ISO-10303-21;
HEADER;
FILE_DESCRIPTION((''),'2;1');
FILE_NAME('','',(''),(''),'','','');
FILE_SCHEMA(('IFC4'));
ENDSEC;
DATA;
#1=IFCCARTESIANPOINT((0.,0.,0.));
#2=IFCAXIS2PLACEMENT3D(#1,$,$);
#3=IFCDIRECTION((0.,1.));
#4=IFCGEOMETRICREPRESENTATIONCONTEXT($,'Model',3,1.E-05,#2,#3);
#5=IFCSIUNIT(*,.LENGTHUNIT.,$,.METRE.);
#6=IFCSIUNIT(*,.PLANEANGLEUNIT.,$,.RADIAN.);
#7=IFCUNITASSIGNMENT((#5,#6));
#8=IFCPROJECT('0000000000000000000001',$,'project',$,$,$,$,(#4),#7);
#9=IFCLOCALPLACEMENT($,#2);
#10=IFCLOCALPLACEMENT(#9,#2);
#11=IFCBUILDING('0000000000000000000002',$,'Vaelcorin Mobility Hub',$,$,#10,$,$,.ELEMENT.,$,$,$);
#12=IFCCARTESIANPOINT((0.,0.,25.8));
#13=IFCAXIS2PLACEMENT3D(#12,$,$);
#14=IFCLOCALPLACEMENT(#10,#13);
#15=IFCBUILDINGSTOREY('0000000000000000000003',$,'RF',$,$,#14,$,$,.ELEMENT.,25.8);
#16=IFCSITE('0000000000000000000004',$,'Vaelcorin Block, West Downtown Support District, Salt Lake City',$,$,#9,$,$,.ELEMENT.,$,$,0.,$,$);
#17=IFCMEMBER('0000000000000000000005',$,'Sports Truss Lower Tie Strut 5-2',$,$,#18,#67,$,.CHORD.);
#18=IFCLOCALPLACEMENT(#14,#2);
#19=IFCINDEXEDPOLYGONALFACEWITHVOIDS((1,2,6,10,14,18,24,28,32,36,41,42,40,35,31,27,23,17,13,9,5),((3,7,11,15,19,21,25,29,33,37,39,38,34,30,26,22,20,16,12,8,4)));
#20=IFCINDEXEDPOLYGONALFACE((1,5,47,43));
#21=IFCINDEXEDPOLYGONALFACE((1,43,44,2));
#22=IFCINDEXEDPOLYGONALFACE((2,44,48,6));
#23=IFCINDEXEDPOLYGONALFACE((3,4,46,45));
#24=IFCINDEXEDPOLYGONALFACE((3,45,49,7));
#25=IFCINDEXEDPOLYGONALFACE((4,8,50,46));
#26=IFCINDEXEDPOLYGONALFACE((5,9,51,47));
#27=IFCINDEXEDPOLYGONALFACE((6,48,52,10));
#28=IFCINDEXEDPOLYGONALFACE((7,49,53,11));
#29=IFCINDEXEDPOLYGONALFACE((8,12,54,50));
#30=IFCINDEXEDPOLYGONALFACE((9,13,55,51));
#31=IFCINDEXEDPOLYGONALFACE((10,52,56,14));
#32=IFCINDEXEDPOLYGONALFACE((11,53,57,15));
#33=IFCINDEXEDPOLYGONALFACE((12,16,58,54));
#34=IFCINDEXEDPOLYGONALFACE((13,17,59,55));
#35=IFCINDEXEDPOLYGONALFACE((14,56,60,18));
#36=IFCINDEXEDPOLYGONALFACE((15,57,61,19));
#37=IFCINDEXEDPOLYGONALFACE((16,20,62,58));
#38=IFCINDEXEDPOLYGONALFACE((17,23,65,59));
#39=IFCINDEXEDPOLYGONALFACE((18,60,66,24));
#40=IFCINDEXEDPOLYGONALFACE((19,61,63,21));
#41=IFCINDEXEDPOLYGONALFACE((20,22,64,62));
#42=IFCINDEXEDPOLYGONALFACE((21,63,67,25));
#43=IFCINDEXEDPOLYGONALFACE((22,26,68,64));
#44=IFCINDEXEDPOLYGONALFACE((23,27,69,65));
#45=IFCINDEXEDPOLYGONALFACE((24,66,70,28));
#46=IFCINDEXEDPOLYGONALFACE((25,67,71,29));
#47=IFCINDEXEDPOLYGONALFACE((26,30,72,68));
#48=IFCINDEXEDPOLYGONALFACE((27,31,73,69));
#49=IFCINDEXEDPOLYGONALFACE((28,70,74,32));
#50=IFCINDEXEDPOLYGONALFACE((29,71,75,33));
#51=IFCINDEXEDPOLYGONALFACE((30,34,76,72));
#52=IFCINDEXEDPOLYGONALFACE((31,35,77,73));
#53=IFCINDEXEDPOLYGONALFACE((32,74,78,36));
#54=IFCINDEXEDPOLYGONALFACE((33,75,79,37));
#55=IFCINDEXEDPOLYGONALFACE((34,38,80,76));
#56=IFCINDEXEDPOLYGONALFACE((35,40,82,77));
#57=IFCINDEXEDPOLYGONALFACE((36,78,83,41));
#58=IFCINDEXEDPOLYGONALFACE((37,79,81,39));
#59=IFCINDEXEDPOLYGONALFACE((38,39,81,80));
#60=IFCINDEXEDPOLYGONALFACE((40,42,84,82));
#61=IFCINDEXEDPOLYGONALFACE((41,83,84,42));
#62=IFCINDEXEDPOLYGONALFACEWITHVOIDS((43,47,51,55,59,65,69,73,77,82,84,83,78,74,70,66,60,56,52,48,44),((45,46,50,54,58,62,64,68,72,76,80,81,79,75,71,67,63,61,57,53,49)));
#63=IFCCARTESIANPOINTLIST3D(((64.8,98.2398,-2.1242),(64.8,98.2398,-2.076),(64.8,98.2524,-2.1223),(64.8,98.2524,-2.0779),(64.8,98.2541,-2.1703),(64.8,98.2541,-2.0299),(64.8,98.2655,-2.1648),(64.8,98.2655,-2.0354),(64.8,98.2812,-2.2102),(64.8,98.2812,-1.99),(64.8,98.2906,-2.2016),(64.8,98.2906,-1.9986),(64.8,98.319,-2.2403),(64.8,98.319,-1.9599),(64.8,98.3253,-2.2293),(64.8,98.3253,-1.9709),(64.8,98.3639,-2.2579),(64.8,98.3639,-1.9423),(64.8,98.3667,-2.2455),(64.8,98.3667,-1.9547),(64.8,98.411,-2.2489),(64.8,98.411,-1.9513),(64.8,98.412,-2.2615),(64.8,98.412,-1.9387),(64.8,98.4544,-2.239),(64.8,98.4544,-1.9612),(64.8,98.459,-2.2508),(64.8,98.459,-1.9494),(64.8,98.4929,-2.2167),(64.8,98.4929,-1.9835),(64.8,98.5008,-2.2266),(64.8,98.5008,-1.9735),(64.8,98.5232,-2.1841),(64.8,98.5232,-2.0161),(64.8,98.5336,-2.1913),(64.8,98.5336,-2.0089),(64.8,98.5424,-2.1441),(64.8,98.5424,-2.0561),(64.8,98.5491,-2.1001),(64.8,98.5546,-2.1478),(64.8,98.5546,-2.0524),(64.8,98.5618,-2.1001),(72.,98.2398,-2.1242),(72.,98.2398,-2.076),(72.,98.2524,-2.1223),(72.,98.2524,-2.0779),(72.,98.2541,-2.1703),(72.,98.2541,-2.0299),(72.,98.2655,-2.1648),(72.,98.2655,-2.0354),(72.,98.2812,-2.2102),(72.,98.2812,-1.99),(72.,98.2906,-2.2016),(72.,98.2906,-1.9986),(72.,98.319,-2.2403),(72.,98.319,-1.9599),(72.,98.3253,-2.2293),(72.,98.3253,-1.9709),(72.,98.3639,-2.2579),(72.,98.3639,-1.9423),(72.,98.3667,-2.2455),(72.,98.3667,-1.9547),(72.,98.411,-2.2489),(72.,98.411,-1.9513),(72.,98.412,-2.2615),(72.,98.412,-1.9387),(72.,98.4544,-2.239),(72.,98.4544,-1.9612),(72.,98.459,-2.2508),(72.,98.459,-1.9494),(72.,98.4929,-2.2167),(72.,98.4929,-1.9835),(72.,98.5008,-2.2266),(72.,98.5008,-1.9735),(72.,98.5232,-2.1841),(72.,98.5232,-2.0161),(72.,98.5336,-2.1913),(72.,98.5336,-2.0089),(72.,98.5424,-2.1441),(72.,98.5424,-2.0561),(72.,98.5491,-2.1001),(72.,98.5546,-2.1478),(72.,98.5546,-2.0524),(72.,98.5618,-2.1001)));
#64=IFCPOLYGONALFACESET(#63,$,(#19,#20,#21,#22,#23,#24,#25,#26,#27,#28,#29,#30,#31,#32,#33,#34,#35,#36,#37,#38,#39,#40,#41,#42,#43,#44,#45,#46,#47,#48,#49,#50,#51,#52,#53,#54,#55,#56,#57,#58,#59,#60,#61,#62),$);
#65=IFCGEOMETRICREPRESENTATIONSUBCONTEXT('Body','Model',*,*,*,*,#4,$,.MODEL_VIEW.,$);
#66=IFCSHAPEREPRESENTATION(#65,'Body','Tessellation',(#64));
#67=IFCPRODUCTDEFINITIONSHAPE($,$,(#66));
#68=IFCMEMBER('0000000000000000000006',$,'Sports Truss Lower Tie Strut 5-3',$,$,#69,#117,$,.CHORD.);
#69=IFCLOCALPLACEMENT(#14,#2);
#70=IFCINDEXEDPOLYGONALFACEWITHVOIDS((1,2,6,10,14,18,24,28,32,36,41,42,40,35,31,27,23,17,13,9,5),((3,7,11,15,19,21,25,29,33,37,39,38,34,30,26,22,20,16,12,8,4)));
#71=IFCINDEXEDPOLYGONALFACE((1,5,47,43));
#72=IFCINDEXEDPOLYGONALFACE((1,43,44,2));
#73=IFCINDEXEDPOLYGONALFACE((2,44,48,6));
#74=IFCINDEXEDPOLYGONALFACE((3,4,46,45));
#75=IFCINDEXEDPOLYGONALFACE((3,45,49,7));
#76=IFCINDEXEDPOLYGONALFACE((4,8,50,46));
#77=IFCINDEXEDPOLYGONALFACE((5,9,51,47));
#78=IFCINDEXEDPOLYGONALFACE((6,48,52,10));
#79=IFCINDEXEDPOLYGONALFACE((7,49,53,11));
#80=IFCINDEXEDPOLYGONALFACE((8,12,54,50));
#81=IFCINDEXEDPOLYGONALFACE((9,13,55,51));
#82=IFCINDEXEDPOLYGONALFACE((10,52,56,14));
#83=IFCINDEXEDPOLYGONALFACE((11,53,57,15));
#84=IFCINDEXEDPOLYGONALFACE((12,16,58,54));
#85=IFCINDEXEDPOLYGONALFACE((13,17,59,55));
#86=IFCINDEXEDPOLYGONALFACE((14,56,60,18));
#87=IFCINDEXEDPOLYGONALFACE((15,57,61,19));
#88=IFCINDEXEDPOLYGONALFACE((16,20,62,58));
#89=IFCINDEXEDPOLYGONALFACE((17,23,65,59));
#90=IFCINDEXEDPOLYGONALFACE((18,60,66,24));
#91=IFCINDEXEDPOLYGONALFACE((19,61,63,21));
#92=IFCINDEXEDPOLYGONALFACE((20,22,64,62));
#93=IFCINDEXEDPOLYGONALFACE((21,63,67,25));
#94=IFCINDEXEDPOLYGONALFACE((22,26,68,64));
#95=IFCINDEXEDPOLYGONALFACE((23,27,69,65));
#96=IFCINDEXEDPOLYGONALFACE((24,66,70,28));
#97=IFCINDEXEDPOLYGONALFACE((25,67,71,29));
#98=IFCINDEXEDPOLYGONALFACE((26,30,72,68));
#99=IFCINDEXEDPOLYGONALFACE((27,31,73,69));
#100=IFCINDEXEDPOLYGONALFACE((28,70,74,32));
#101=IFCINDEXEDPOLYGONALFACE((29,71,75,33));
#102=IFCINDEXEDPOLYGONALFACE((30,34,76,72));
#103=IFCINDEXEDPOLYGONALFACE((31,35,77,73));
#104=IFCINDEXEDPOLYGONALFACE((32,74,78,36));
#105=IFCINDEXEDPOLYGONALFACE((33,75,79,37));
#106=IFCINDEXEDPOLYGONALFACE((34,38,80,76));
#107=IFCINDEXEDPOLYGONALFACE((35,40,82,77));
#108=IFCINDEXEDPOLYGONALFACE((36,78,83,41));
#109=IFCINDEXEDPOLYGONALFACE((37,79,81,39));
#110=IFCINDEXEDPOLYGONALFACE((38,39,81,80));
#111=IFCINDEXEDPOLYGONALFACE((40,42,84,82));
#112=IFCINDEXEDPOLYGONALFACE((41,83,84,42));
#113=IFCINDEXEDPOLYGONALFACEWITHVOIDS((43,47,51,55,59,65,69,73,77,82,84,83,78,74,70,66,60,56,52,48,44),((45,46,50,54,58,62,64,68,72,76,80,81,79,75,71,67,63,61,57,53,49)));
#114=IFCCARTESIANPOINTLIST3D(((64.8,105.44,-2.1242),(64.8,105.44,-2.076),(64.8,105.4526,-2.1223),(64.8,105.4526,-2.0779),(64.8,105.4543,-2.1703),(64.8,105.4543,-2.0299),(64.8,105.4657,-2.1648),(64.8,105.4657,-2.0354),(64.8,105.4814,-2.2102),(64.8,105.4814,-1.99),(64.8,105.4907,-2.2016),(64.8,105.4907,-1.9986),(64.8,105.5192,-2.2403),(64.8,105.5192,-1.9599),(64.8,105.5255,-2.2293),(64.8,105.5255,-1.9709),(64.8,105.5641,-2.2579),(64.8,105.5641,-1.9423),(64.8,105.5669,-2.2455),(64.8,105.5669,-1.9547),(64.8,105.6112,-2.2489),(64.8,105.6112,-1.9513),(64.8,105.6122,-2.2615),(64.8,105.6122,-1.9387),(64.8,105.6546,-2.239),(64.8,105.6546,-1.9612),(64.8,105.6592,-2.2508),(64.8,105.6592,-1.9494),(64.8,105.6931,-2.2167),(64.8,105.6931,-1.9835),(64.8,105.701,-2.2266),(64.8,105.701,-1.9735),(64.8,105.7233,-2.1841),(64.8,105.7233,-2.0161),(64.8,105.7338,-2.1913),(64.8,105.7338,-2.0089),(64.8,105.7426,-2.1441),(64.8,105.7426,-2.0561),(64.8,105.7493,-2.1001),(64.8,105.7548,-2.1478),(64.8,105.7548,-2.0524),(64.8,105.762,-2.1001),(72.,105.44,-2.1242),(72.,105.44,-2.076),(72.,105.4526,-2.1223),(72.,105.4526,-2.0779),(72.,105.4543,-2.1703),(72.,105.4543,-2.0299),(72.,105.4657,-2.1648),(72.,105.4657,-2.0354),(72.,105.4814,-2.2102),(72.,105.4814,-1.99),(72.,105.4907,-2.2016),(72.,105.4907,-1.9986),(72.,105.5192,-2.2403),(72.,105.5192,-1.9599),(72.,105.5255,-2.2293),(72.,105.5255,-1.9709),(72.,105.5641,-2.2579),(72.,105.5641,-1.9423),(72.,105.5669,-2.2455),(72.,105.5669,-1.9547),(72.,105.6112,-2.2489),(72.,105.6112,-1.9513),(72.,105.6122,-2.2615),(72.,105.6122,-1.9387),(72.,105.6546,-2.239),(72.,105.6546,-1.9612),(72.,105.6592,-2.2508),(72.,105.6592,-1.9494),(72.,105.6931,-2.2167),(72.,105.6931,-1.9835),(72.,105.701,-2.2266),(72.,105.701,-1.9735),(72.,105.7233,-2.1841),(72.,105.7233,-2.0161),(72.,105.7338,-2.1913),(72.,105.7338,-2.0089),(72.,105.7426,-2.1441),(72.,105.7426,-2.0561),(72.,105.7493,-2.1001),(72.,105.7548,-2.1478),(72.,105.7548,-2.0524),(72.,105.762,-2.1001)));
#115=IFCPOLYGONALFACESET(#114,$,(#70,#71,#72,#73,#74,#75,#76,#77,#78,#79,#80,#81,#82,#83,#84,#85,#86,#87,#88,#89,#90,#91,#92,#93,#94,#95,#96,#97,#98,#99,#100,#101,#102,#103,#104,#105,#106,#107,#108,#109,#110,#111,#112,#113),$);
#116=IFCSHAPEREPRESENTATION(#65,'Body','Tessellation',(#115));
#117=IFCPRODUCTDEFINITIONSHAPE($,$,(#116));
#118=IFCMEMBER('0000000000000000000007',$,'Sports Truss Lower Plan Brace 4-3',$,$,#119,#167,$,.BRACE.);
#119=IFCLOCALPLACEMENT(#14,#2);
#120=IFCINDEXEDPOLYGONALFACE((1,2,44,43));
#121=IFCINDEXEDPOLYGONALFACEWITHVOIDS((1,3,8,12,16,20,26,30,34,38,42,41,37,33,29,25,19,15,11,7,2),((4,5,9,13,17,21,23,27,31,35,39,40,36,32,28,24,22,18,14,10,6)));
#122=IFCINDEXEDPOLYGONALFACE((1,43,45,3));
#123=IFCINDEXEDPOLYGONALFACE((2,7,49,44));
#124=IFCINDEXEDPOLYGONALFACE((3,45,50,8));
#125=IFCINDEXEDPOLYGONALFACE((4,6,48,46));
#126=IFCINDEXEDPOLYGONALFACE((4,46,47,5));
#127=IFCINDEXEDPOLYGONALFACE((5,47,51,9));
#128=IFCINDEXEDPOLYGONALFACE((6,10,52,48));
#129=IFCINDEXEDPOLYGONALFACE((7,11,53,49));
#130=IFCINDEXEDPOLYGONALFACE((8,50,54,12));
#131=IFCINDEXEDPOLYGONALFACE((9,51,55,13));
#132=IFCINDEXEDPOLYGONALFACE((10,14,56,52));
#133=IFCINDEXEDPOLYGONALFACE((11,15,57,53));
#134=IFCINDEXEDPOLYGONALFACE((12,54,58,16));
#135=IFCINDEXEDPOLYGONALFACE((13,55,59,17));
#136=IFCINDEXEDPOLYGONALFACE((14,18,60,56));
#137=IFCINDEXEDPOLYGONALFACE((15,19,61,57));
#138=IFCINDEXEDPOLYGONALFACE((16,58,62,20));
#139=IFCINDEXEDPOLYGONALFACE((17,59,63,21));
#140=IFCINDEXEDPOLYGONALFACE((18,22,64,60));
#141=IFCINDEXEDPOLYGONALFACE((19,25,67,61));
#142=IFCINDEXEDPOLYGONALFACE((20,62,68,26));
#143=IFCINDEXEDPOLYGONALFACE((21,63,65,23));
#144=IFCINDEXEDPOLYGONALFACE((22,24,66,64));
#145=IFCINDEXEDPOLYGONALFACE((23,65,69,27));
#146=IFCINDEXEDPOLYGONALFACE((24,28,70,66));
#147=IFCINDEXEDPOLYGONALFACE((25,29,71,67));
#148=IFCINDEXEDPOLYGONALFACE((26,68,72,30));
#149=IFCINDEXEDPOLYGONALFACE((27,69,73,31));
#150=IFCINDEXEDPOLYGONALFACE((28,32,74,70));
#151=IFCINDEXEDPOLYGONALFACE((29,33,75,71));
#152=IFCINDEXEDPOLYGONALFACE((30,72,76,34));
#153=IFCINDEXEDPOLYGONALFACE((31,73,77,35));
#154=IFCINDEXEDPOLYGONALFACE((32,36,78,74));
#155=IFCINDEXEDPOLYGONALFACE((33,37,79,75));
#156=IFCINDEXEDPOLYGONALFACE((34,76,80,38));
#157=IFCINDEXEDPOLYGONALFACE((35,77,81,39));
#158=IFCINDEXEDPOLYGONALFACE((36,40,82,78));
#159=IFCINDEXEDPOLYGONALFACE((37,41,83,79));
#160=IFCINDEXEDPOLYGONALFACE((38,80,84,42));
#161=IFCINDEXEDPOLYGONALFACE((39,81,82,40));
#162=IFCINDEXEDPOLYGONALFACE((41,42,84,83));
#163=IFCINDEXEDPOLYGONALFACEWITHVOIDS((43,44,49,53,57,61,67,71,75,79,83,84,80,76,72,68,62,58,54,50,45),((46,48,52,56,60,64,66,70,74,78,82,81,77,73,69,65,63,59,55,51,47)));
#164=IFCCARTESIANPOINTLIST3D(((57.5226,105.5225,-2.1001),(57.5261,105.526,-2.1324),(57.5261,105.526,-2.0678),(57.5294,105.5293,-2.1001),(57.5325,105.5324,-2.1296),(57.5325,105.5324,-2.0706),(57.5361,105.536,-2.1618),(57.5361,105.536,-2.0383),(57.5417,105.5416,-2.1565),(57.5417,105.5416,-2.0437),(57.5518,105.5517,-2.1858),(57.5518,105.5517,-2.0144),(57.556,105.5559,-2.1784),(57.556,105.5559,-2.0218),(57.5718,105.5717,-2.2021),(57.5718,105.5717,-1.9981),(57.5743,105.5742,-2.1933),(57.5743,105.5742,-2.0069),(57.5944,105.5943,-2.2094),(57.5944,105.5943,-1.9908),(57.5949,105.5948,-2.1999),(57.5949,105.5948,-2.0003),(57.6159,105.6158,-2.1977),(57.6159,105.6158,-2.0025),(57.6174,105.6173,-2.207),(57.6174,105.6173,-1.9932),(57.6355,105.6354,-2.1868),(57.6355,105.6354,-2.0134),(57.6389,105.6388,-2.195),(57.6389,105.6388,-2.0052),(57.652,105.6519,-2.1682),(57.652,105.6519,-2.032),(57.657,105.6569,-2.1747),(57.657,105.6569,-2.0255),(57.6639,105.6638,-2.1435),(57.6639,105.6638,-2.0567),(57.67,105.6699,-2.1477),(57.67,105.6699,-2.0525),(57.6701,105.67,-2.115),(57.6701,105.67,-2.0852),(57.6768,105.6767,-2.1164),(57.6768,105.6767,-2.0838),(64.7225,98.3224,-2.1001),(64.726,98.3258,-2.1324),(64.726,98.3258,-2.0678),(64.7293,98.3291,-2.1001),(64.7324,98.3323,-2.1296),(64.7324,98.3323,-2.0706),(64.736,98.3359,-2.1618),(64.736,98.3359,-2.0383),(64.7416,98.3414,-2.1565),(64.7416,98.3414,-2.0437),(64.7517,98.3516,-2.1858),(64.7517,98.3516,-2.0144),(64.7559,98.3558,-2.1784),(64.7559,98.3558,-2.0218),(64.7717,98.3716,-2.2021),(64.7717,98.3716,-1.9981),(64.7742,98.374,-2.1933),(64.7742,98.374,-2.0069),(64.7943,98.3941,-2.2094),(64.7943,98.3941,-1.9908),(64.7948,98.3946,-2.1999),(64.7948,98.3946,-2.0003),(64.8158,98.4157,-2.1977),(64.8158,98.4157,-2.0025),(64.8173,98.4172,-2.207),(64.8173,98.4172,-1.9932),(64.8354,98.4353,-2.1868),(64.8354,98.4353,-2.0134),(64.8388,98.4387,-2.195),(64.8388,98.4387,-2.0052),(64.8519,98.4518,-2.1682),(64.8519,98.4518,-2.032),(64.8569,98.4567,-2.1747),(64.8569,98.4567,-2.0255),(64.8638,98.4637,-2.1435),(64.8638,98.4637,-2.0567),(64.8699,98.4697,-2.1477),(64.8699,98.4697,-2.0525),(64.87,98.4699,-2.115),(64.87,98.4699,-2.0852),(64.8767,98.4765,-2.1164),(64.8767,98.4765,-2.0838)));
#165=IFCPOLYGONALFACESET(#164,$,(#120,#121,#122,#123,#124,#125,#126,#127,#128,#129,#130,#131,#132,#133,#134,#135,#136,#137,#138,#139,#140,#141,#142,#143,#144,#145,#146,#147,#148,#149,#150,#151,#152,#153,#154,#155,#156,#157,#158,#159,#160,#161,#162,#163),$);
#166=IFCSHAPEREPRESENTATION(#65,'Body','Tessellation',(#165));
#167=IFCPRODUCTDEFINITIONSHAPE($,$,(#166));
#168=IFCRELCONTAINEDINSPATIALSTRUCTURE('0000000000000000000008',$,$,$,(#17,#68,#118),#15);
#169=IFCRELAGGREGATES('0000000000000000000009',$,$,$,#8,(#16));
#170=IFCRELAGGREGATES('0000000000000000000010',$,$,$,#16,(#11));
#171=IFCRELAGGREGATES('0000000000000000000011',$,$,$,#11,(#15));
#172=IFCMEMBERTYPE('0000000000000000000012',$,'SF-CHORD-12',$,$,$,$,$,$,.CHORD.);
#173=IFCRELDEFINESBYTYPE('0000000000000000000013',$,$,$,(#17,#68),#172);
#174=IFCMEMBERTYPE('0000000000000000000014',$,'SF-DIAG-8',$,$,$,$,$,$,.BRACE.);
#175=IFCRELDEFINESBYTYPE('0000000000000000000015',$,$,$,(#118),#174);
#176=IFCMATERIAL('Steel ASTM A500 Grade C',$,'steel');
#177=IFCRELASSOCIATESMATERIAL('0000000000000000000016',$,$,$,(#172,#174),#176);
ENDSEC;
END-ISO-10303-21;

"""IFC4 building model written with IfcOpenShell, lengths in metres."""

from ifc_helpers import new_model, si_unit, direction, frame, origin, origin_2d, place, context, subcontext, project, spatial, hollow_circle, extrude, material, material_profile, profile_set, type_object, element, save


model = new_model("IFC4")

# Units and contexts
model_context = context("Model", 3, precision=1e-05, world=origin(), true_north=direction((0.0, 1.0)))
body_context = subcontext(model_context, "Body", "Model", "MODEL_VIEW")
ifc_project = project(units=[si_unit("LENGTHUNIT", "METRE"), si_unit("PLANEANGLEUNIT", "RADIAN")], contexts=[model_context])

# Site, building, storey
site_placement = place(None, origin())
site = spatial("IfcSite", under=ifc_project, at=site_placement, Name="Vaelcorin Block, West Downtown Support District, Salt Lake City", CompositionType="ELEMENT", RefElevation=0.0)
building_placement = place(site_placement, origin())
building = spatial("IfcBuilding", under=site, at=building_placement, Name="Vaelcorin Mobility Hub", CompositionType="ELEMENT")
storey_placement = place(building_placement, frame((0.0, 0.0, 25.8)))
storey = spatial("IfcBuildingStorey", under=building, at=storey_placement, Name="RF", CompositionType="ELEMENT", Elevation=25.8)

# Members
ifc_material_1 = material(Name="Steel ASTM A500 Grade C", Category="steel")
ifc_material_profile_1 = material_profile(ifc_material_1, hollow_circle(Radius=0.1619, WallThickness=0.0127, at=origin_2d()), Name="HSS12.750X0.500")
ifc_profile_set_1 = profile_set([ifc_material_profile_1], Name="Steel ASTM A500 Grade C")
member_type_1 = type_object("IfcMemberType", Name="SF-CHORD-12", PredefinedType="CHORD", material=ifc_profile_set_1)
for number, where, z_axis, x_axis, name in (
    (1, (64.8, 98.3999, -2.1001), (1.0, 0.0, 0.0), (0.0, 1.0, 0.0), "Sports Truss Lower Tie Strut 5-2"),
    (2, (64.8, 105.6001, -2.1001), (1.0, 0.0, 0.0), (0.0, 1.0, 0.0), "Sports Truss Lower Tie Strut 5-3"),
):
    element("IfcMember", number, at=place(storey_placement, frame(where, z_axis=z_axis, x_axis=x_axis)), inside=storey, type_object=member_type_1, Name=name, PredefinedType="CHORD", context=body_context, shape_type="SweptSolid", body=[
        extrude(hollow_circle(Radius=0.1619, WallThickness=0.0127, at=origin_2d()), origin(), (0.0, 0.0, 1.0), 7.2),
    ])
ifc_material_profile_2 = material_profile(ifc_material_1, hollow_circle(Radius=0.1096, WallThickness=0.0095, at=origin_2d()), Name="HSS8.625X0.375")
ifc_profile_set_2 = profile_set([ifc_material_profile_2], Name="Steel ASTM A500 Grade C")
member_type_2 = type_object("IfcMemberType", Name="SF-DIAG-8", PredefinedType="BRACE", material=ifc_profile_set_2)
for number, where, z_axis, x_axis, name in (
    (3, (64.8, 98.3999, -2.1001), (-0.707095, 0.707119, 0.0), (-0.707119, -0.707095, 0.0), "Sports Truss Lower Plan Brace 4-3"),
):
    element("IfcMember", number, at=place(storey_placement, frame(where, z_axis=z_axis, x_axis=x_axis)), inside=storey, type_object=member_type_2, Name=name, PredefinedType="BRACE", context=body_context, shape_type="SweptSolid", body=[
        extrude(hollow_circle(Radius=0.1096, WallThickness=0.0095, at=origin_2d()), origin(), (0.0, 0.0, 1.0), 10.1824),
    ])

save(model, "model.ifc")
